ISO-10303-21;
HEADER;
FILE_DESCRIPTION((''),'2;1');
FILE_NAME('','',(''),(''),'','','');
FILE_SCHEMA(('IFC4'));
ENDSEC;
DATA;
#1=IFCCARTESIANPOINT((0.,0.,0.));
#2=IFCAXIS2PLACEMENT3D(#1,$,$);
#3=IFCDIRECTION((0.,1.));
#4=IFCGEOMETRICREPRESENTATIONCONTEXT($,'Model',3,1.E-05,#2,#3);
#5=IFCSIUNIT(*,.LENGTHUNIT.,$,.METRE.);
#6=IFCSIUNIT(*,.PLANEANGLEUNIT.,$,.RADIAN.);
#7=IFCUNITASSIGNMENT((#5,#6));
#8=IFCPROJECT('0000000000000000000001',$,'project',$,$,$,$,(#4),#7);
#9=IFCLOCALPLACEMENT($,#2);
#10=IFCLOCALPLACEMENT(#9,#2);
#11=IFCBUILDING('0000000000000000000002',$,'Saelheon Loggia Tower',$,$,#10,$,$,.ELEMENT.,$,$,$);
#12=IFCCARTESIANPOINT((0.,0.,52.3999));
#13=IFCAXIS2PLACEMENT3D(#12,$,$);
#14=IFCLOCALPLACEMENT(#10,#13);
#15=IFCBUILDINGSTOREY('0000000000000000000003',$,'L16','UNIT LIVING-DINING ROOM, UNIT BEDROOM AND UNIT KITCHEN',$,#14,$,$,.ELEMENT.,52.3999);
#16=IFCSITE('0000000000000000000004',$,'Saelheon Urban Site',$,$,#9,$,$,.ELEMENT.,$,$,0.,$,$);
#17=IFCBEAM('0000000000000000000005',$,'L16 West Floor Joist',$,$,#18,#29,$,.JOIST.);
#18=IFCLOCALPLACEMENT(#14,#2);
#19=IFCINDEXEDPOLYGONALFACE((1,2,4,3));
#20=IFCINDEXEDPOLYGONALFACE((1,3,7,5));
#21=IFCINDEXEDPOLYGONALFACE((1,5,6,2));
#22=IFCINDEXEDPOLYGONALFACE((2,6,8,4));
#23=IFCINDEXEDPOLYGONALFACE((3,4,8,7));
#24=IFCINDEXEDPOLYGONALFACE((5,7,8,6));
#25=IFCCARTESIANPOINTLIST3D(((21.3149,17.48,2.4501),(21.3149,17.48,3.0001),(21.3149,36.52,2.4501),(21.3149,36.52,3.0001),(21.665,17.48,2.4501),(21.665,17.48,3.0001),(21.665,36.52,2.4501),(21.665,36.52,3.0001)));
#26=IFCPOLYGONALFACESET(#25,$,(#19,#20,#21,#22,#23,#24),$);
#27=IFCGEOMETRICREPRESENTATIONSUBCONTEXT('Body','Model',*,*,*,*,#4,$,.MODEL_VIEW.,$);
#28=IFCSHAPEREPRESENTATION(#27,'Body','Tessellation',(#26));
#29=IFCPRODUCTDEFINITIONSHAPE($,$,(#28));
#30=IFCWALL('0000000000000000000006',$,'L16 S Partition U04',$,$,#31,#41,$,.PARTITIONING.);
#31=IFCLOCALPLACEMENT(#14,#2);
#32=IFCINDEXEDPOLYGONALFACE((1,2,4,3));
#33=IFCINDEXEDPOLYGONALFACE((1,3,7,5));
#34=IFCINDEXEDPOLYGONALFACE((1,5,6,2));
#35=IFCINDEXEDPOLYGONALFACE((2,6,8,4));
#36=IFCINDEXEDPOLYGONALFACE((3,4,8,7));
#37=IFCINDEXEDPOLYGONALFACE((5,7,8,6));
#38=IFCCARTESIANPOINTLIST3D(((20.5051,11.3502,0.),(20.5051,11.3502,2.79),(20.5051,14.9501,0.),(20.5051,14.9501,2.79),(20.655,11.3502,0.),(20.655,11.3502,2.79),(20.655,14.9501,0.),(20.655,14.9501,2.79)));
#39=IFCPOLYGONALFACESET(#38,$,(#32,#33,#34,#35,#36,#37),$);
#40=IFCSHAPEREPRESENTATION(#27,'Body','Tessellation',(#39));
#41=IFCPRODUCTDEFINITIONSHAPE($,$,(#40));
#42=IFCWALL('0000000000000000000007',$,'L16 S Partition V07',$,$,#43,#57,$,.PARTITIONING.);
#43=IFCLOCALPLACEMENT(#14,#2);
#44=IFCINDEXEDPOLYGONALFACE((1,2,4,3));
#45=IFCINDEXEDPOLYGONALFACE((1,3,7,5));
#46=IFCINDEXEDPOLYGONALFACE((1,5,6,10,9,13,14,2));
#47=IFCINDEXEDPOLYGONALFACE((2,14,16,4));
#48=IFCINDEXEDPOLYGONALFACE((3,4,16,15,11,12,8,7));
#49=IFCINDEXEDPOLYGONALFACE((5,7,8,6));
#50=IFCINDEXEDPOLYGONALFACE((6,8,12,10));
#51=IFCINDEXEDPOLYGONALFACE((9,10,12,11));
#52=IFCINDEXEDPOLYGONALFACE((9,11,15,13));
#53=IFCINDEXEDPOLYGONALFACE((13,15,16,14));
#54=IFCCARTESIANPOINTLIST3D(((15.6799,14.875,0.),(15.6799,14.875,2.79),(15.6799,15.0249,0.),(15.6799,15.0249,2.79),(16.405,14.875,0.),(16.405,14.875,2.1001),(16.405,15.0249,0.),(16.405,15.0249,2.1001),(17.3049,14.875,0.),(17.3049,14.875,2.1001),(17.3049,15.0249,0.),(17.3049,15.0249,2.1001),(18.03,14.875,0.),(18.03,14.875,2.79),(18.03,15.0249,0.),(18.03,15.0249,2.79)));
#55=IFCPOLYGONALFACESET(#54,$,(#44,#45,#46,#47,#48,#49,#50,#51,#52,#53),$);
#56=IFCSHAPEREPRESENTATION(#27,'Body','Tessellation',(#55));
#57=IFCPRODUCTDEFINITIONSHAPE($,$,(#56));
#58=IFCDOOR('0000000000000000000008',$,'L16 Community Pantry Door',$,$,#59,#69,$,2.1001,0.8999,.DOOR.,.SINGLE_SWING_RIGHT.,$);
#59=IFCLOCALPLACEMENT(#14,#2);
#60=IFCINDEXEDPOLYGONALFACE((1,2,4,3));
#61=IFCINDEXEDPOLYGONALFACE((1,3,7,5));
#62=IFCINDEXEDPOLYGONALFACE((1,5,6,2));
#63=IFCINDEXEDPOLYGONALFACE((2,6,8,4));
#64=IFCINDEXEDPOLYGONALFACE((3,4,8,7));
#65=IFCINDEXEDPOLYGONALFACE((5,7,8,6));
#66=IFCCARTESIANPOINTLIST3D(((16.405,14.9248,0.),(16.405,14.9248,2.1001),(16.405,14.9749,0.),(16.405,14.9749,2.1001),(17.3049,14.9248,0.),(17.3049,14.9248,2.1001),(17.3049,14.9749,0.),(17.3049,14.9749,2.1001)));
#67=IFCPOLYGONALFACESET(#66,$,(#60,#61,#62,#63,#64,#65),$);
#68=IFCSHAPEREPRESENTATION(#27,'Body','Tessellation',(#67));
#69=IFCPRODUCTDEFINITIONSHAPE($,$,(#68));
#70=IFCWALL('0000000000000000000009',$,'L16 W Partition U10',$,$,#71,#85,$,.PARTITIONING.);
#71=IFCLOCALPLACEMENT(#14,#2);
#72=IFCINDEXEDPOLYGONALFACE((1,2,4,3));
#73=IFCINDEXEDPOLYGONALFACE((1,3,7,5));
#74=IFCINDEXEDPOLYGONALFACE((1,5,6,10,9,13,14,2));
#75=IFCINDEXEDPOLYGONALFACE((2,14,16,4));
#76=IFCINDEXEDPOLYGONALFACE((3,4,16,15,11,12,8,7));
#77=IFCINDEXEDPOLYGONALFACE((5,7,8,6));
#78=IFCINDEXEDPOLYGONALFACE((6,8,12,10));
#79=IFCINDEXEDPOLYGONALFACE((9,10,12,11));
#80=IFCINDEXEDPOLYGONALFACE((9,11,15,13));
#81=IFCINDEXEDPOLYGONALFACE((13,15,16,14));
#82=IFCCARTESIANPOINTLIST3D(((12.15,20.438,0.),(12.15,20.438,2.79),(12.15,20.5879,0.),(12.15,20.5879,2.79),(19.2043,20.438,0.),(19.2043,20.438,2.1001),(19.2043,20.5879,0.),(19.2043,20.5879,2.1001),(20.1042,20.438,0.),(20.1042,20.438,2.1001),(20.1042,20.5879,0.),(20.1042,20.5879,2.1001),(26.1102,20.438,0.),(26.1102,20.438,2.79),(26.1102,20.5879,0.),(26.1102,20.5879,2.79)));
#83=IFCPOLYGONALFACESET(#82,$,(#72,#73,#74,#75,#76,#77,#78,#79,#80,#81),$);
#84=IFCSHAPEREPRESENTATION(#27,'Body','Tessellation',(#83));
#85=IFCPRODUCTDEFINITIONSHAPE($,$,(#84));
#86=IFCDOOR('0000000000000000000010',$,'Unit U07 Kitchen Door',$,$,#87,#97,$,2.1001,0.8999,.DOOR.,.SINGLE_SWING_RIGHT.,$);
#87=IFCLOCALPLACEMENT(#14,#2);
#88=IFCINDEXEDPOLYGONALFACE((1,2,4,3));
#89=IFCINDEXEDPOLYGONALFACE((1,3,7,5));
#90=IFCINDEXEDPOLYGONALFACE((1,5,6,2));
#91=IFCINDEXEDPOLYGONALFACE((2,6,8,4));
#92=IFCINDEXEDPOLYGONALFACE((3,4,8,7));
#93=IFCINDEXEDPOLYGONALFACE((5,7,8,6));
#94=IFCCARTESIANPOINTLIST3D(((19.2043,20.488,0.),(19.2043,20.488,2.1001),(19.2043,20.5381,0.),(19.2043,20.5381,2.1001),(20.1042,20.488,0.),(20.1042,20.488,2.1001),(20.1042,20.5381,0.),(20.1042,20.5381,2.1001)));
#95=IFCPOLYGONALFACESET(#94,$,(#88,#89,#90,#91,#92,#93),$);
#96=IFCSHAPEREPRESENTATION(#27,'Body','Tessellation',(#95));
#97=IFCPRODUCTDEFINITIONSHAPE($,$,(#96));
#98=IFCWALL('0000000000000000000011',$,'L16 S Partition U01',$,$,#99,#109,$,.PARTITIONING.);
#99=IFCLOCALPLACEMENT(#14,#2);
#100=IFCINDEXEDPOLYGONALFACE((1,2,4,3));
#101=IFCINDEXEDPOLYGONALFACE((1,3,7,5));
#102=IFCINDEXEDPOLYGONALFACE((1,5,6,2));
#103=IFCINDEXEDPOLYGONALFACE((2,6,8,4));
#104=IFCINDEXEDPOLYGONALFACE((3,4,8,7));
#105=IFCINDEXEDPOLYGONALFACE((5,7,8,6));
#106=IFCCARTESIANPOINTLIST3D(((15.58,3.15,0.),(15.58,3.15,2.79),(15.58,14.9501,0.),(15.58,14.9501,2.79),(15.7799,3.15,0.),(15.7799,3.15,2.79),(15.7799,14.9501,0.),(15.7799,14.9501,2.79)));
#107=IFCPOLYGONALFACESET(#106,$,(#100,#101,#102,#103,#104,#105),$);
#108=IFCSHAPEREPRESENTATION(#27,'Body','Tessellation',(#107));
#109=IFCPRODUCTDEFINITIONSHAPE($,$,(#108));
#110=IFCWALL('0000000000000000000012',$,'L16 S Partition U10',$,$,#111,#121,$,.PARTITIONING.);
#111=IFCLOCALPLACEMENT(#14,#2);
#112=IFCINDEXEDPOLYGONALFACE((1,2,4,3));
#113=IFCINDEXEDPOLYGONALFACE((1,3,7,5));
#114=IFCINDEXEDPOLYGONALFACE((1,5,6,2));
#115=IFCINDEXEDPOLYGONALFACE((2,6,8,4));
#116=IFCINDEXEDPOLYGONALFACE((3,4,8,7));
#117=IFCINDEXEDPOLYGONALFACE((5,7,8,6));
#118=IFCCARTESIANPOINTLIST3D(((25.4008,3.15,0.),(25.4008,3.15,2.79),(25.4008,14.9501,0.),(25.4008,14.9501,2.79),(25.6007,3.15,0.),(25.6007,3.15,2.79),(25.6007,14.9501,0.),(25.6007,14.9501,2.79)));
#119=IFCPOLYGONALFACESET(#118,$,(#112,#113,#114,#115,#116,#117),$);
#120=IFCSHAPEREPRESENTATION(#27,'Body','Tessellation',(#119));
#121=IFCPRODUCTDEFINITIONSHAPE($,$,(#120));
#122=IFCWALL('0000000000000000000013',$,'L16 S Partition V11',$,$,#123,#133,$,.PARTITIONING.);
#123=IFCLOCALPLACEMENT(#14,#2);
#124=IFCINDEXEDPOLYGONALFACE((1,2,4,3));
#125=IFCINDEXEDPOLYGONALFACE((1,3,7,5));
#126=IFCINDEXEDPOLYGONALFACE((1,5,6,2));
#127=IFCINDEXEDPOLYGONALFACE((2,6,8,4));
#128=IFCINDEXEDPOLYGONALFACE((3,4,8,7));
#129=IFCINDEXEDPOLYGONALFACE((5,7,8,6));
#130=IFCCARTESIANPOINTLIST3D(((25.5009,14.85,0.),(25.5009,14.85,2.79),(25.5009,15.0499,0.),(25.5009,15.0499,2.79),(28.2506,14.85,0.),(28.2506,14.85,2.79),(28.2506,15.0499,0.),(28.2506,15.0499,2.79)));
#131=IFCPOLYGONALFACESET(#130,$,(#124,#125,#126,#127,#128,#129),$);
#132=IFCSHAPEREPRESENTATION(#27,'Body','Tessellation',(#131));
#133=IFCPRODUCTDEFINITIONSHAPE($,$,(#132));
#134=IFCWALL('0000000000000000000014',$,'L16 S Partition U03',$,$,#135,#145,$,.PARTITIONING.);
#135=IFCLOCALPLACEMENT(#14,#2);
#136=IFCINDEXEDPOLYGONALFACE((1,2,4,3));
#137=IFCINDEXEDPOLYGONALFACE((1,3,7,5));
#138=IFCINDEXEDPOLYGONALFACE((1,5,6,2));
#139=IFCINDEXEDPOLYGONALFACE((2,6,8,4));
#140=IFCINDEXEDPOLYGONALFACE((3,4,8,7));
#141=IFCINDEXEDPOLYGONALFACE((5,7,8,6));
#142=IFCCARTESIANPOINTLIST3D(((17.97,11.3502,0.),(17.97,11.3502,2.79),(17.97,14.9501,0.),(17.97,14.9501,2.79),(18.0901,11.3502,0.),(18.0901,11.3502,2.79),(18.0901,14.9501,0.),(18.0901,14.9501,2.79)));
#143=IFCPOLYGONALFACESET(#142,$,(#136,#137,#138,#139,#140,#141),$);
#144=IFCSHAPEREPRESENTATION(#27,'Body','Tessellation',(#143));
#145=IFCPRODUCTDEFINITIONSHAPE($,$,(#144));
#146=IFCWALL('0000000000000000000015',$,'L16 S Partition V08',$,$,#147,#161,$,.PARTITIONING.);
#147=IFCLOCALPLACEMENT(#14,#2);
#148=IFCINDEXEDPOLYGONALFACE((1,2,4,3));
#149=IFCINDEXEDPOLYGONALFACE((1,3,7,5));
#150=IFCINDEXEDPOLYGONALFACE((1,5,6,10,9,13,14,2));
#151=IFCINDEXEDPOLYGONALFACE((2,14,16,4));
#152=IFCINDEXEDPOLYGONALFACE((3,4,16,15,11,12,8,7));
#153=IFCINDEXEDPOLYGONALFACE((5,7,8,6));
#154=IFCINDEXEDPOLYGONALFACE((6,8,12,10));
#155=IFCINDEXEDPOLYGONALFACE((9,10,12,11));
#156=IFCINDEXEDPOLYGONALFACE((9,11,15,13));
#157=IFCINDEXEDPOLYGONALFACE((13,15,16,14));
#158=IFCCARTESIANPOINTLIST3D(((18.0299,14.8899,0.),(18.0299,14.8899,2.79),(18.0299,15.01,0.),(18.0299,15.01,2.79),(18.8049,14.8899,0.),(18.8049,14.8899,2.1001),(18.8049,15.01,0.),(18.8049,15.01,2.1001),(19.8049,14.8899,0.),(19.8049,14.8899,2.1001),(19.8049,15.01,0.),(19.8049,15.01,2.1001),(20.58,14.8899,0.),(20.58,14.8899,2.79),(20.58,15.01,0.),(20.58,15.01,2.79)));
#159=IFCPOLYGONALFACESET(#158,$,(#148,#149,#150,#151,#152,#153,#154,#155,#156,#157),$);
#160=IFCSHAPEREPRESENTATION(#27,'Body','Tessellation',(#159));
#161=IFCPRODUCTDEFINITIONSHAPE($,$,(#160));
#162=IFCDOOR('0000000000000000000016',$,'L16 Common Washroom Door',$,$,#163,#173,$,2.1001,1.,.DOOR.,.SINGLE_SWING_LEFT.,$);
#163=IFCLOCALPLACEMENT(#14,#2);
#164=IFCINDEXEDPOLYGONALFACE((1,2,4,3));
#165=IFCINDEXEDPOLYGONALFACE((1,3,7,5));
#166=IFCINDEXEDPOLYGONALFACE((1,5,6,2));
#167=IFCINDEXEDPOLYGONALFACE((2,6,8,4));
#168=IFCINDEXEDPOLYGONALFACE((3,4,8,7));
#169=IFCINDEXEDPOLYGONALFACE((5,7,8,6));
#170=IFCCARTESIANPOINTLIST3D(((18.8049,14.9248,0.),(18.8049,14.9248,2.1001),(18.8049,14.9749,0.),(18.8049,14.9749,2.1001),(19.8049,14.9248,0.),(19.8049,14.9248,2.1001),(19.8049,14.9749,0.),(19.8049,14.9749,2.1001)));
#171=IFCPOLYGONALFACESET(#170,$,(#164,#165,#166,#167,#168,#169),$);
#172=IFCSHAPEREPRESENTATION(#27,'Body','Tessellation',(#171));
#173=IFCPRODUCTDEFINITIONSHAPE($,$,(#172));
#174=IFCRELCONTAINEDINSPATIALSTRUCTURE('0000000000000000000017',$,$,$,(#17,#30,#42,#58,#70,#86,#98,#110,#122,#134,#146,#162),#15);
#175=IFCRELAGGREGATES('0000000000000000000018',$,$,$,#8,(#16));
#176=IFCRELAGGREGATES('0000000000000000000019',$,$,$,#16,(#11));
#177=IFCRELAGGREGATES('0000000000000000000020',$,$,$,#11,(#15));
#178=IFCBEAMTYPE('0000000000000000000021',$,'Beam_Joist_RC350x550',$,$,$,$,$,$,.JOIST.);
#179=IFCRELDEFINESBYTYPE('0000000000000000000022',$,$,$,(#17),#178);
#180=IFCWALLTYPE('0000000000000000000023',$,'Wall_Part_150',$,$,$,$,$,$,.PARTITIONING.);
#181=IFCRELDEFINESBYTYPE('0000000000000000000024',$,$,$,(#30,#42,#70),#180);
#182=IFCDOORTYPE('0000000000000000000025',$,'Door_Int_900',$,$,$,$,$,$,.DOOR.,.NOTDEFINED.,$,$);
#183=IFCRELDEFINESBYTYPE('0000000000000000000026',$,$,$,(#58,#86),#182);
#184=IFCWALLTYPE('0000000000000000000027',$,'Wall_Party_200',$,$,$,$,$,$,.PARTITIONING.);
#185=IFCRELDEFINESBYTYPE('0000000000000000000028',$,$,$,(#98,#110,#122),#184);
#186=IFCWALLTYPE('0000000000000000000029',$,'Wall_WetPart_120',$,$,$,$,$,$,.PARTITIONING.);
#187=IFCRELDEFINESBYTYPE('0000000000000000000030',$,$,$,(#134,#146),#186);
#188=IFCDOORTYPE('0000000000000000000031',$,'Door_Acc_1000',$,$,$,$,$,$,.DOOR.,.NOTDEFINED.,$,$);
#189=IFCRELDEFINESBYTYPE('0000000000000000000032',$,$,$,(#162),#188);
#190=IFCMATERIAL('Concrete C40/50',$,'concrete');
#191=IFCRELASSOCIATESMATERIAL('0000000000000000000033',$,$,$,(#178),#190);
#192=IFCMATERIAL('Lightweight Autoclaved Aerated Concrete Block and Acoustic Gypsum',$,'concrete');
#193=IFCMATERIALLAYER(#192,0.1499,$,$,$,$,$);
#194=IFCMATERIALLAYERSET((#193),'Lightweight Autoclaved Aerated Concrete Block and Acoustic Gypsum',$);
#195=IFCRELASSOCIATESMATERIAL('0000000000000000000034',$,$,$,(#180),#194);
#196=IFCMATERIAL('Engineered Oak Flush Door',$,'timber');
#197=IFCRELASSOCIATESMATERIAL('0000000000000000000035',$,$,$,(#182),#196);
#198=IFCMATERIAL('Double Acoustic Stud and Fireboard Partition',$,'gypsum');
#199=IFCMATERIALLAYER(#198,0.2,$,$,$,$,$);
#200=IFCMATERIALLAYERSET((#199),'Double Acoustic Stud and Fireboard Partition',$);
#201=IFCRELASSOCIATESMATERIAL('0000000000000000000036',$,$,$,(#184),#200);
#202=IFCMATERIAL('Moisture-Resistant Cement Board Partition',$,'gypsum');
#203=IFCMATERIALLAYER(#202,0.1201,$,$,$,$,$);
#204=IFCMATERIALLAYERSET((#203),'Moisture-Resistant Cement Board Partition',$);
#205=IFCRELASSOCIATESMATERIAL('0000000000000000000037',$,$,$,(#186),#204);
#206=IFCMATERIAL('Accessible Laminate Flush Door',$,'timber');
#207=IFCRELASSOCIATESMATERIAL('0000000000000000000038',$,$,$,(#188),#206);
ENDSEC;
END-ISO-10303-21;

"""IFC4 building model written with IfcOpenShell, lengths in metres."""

from ifc_helpers import new_model, si_unit, direction, frame, frame_2d, origin, origin_2d, place, context, subcontext, project, spatial, rectangle, extrude, source, transform, mapped, material, layer, layer_set, material_profile, profile_set, type_object, element, fill, save


model = new_model("IFC4")

# Units and contexts
model_context = context("Model", 3, precision=1e-05, world=origin(), true_north=direction((0.0, 1.0)))
body_context = subcontext(model_context, "Body", "Model", "MODEL_VIEW")
ifc_project = project(units=[si_unit("LENGTHUNIT", "METRE"), si_unit("PLANEANGLEUNIT", "RADIAN")], contexts=[model_context])

# Site, building, storey
site_placement = place(None, origin())
site = spatial("IfcSite", under=ifc_project, at=site_placement, Name="Saelheon Urban Site", CompositionType="ELEMENT", RefElevation=0.0)
building_placement = place(site_placement, origin())
building = spatial("IfcBuilding", under=site, at=building_placement, Name="Saelheon Loggia Tower", CompositionType="ELEMENT")
storey_placement = place(building_placement, frame((0.0, 0.0, 52.3999)))
storey = spatial("IfcBuildingStorey", under=building, at=storey_placement, Name="L16", Description="UNIT LIVING-DINING ROOM, UNIT BEDROOM AND UNIT KITCHEN", CompositionType="ELEMENT", Elevation=52.3999)

# Beam
ifc_material_1 = material(Name="Concrete C40/50", Category="concrete")
ifc_material_profile = material_profile(ifc_material_1, rectangle(XDim=0.3501, YDim=0.55, at=origin_2d()), Name="RC-350x550")
ifc_profile_set = profile_set([ifc_material_profile], Name="Concrete C40/50")
beam_type = type_object("IfcBeamType", Name="Beam_Joist_RC350x550", PredefinedType="JOIST", material=ifc_profile_set)
shared_shape_1 = source(origin(), body_context, "Body", "SweptSolid", [
    extrude(rectangle(XDim=0.3501, YDim=0.55, at=origin_2d()), origin(), (0.0, 0.0, 1.0), 19.04),
])
beam_placement = place(storey_placement, frame((21.49, 17.48, 2.7251), z_axis=(0.0, 1.0, 0.0), x_axis=(-1.0, 0.0, 0.0)))
element("IfcBeam", 1, at=beam_placement, inside=storey, type_object=beam_type, Name="L16 West Floor Joist", PredefinedType="JOIST", context=body_context, shape_type="MappedRepresentation", body=[
    mapped(shared_shape_1, transform((0.0, 0.0, 0.0), scale=1.0)),
])

# Wall
ifc_material_2 = material(Name="Lightweight Autoclaved Aerated Concrete Block and Acoustic Gypsum", Category="concrete")
ifc_layer_1 = layer(ifc_material_2, 0.1499)
ifc_layer_set_1 = layer_set([ifc_layer_1], Name="Lightweight Autoclaved Aerated Concrete Block and Acoustic Gypsum")
wall_type_1 = type_object("IfcWallType", Name="Wall_Part_150", PredefinedType="PARTITIONING", material=ifc_layer_set_1)
wall_1_placement = place(storey_placement, frame((20.5801, 14.95, 0.0), z_axis=(0.0, 0.0, 1.0), x_axis=(0.0, -1.0, 0.0)))
element("IfcWall", 2, at=wall_1_placement, inside=storey, type_object=wall_type_1, Name="L16 S Partition U04", PredefinedType="PARTITIONING", context=body_context, shape_type="SweptSolid", body=[
    extrude(rectangle(XDim=3.5999, YDim=0.1499, at=frame_2d((1.7998, 0.0))), origin(), (0.0, 0.0, 1.0), 2.79),
])

# Walls, openings, doors
wall_2_placement = place(storey_placement, frame((15.6799, 14.95, 0.0), z_axis=(0.0, 0.0, 1.0), x_axis=(1.0, 0.0, 0.0)))
wall_2 = element("IfcWall", 3, at=wall_2_placement, inside=storey, type_object=wall_type_1, Name="L16 S Partition V07", PredefinedType="PARTITIONING", context=body_context, shape_type="SweptSolid", body=[
    extrude(rectangle(XDim=2.3501, YDim=0.1499, at=frame_2d((1.175, 0.0))), origin(), (0.0, 0.0, 1.0), 2.79),
])
opening_1_placement = place(wall_2_placement, frame((0.7251, 0.0, 0.0)))
opening_1 = element("IfcOpeningElement", 4, at=opening_1_placement, cuts=wall_2, PredefinedType="OPENING", context=body_context, shape_type="SweptSolid", body=[
    extrude(rectangle(XDim=0.8999, YDim=2.1001, at=frame_2d((0.45, 1.05))), frame((0.0, 0.0869, 0.0), z_axis=(0.0, -1.0, 0.0), x_axis=(1.0, 0.0, 0.0)), (0.0, 0.0, 1.0), 0.1738),
])
ifc_material_3 = material(Name="Engineered Oak Flush Door", Category="timber")
door_type_1 = type_object("IfcDoorType", Name="Door_Int_900", OperationType="NOTDEFINED", PredefinedType="DOOR", material=ifc_material_3)
shared_shape_2 = source(origin(), body_context, "Body", "SweptSolid", [
    extrude(rectangle(XDim=0.8999, YDim=2.1001, at=frame_2d((0.45, 1.05))), frame((0.0, 0.0249, 0.0), z_axis=(0.0, -1.0, 0.0), x_axis=(1.0, 0.0, 0.0)), (0.0, 0.0, 1.0), 0.05),
])
door_1_placement = place(opening_1_placement, origin())
door_1 = element("IfcDoor", 5, at=door_1_placement, inside=storey, type_object=door_type_1, Name="L16 Community Pantry Door", OperationType="SINGLE_SWING_RIGHT", OverallHeight=2.1001, OverallWidth=0.8999, PredefinedType="DOOR", context=body_context, shape_type="MappedRepresentation", body=[
    mapped(shared_shape_2, transform((0.0, 0.0, 0.0), scale=1.0)),
])
fill(opening_1, door_1)
wall_3_placement = place(storey_placement, frame((26.1101, 20.5129, 0.0), z_axis=(0.0, 0.0, 1.0), x_axis=(-1.0, 0.0, 0.0)))
wall_3 = element("IfcWall", 6, at=wall_3_placement, inside=storey, type_object=wall_type_1, Name="L16 W Partition U10", PredefinedType="PARTITIONING", context=body_context, shape_type="SweptSolid", body=[
    extrude(rectangle(XDim=13.9602, YDim=0.1499, at=frame_2d((6.98, 0.0))), origin(), (0.0, 0.0, 1.0), 2.79),
])
opening_2_placement = place(wall_3_placement, frame((6.0059, 0.0, 0.0)))
opening_2 = element("IfcOpeningElement", 7, at=opening_2_placement, cuts=wall_3, PredefinedType="OPENING", context=body_context, shape_type="SweptSolid", body=[
    extrude(rectangle(XDim=0.8999, YDim=2.1001, at=frame_2d((0.45, 1.05))), frame((0.0, 0.0869, 0.0), z_axis=(0.0, -1.0, 0.0), x_axis=(1.0, 0.0, 0.0)), (0.0, 0.0, 1.0), 0.1738),
])
door_2_placement = place(opening_2_placement, origin())
door_2 = element("IfcDoor", 8, at=door_2_placement, inside=storey, type_object=door_type_1, Name="Unit U07 Kitchen Door", OperationType="SINGLE_SWING_RIGHT", OverallHeight=2.1001, OverallWidth=0.8999, PredefinedType="DOOR", context=body_context, shape_type="MappedRepresentation", body=[
    mapped(shared_shape_2, transform((0.0, 0.0, 0.0), scale=1.0)),
])
fill(opening_2, door_2)

# Walls
ifc_material_4 = material(Name="Double Acoustic Stud and Fireboard Partition", Category="gypsum")
ifc_layer_2 = layer(ifc_material_4, 0.2)
ifc_layer_set_2 = layer_set([ifc_layer_2], Name="Double Acoustic Stud and Fireboard Partition")
wall_type_2 = type_object("IfcWallType", Name="Wall_Party_200", PredefinedType="PARTITIONING", material=ifc_layer_set_2)
for number, where, z_axis, x_axis, name in (
    (9, (15.6799, 14.95, 0.0), (0.0, 0.0, 1.0), (0.0, -1.0, 0.0), "L16 S Partition U01"),
    (10, (25.5007, 14.95, 0.0), (0.0, 0.0, 1.0), (0.0, -1.0, 0.0), "L16 S Partition U10"),
):
    element("IfcWall", number, at=place(storey_placement, frame(where, z_axis=z_axis, x_axis=x_axis)), inside=storey, type_object=wall_type_2, Name=name, PredefinedType="PARTITIONING", context=body_context, shape_type="SweptSolid", body=[
        extrude(rectangle(XDim=11.8, YDim=0.2, at=frame_2d((5.8999, 0.0))), origin(), (0.0, 0.0, 1.0), 2.79),
    ])
wall_4_placement = place(storey_placement, frame((25.5007, 14.95, 0.0), z_axis=(0.0, 0.0, 1.0), x_axis=(1.0, 0.0, 0.0)))
element("IfcWall", 11, at=wall_4_placement, inside=storey, type_object=wall_type_2, Name="L16 S Partition V11", PredefinedType="PARTITIONING", context=body_context, shape_type="SweptSolid", body=[
    extrude(rectangle(XDim=2.7498, YDim=0.2, at=frame_2d((1.375, 0.0))), origin(), (0.0, 0.0, 1.0), 2.79),
])
ifc_material_5 = material(Name="Moisture-Resistant Cement Board Partition", Category="gypsum")
ifc_layer_3 = layer(ifc_material_5, 0.1201)
ifc_layer_set_3 = layer_set([ifc_layer_3], Name="Moisture-Resistant Cement Board Partition")
wall_type_3 = type_object("IfcWallType", Name="Wall_WetPart_120", PredefinedType="PARTITIONING", material=ifc_layer_set_3)
wall_5_placement = place(storey_placement, frame((18.03, 14.95, 0.0), z_axis=(0.0, 0.0, 1.0), x_axis=(0.0, -1.0, 0.0)))
element("IfcWall", 12, at=wall_5_placement, inside=storey, type_object=wall_type_3, Name="L16 S Partition U03", PredefinedType="PARTITIONING", context=body_context, shape_type="SweptSolid", body=[
    extrude(rectangle(XDim=3.5999, YDim=0.1201, at=frame_2d((1.7998, 0.0))), origin(), (0.0, 0.0, 1.0), 2.79),
])

# Wall, opening, door
wall_6_placement = place(storey_placement, frame((18.03, 14.95, 0.0), z_axis=(0.0, 0.0, 1.0), x_axis=(1.0, 0.0, 0.0)))
wall_6 = element("IfcWall", 13, at=wall_6_placement, inside=storey, type_object=wall_type_3, Name="L16 S Partition V08", PredefinedType="PARTITIONING", context=body_context, shape_type="SweptSolid", body=[
    extrude(rectangle(XDim=2.55, YDim=0.1201, at=frame_2d((1.2749, 0.0))), origin(), (0.0, 0.0, 1.0), 2.79),
])
opening_3_placement = place(wall_6_placement, frame((0.7749, 0.0, 0.0)))
opening_3 = element("IfcOpeningElement", 14, at=opening_3_placement, cuts=wall_6, PredefinedType="OPENING", context=body_context, shape_type="SweptSolid", body=[
    extrude(rectangle(XDim=1.0, YDim=2.1001, at=frame_2d((0.5, 1.05))), frame((0.0, 0.072, 0.0), z_axis=(0.0, -1.0, 0.0), x_axis=(1.0, 0.0, 0.0)), (0.0, 0.0, 1.0), 0.144),
])
ifc_material_6 = material(Name="Accessible Laminate Flush Door", Category="timber")
door_type_2 = type_object("IfcDoorType", Name="Door_Acc_1000", OperationType="NOTDEFINED", PredefinedType="DOOR", material=ifc_material_6)
shared_shape_3 = source(origin(), body_context, "Body", "SweptSolid", [
    extrude(rectangle(XDim=1.0, YDim=2.1001, at=frame_2d((0.5, 1.05))), frame((0.0, 0.0249, 0.0), z_axis=(0.0, -1.0, 0.0), x_axis=(1.0, 0.0, 0.0)), (0.0, 0.0, 1.0), 0.05),
])
door_3_placement = place(opening_3_placement, origin())
door_3 = element("IfcDoor", 15, at=door_3_placement, inside=storey, type_object=door_type_2, Name="L16 Common Washroom Door", OperationType="SINGLE_SWING_LEFT", OverallHeight=2.1001, OverallWidth=1.0, PredefinedType="DOOR", context=body_context, shape_type="MappedRepresentation", body=[
    mapped(shared_shape_3, transform((0.0, 0.0, 0.0), scale=1.0)),
])
fill(opening_3, door_3)

save(model, "model.ifc")
